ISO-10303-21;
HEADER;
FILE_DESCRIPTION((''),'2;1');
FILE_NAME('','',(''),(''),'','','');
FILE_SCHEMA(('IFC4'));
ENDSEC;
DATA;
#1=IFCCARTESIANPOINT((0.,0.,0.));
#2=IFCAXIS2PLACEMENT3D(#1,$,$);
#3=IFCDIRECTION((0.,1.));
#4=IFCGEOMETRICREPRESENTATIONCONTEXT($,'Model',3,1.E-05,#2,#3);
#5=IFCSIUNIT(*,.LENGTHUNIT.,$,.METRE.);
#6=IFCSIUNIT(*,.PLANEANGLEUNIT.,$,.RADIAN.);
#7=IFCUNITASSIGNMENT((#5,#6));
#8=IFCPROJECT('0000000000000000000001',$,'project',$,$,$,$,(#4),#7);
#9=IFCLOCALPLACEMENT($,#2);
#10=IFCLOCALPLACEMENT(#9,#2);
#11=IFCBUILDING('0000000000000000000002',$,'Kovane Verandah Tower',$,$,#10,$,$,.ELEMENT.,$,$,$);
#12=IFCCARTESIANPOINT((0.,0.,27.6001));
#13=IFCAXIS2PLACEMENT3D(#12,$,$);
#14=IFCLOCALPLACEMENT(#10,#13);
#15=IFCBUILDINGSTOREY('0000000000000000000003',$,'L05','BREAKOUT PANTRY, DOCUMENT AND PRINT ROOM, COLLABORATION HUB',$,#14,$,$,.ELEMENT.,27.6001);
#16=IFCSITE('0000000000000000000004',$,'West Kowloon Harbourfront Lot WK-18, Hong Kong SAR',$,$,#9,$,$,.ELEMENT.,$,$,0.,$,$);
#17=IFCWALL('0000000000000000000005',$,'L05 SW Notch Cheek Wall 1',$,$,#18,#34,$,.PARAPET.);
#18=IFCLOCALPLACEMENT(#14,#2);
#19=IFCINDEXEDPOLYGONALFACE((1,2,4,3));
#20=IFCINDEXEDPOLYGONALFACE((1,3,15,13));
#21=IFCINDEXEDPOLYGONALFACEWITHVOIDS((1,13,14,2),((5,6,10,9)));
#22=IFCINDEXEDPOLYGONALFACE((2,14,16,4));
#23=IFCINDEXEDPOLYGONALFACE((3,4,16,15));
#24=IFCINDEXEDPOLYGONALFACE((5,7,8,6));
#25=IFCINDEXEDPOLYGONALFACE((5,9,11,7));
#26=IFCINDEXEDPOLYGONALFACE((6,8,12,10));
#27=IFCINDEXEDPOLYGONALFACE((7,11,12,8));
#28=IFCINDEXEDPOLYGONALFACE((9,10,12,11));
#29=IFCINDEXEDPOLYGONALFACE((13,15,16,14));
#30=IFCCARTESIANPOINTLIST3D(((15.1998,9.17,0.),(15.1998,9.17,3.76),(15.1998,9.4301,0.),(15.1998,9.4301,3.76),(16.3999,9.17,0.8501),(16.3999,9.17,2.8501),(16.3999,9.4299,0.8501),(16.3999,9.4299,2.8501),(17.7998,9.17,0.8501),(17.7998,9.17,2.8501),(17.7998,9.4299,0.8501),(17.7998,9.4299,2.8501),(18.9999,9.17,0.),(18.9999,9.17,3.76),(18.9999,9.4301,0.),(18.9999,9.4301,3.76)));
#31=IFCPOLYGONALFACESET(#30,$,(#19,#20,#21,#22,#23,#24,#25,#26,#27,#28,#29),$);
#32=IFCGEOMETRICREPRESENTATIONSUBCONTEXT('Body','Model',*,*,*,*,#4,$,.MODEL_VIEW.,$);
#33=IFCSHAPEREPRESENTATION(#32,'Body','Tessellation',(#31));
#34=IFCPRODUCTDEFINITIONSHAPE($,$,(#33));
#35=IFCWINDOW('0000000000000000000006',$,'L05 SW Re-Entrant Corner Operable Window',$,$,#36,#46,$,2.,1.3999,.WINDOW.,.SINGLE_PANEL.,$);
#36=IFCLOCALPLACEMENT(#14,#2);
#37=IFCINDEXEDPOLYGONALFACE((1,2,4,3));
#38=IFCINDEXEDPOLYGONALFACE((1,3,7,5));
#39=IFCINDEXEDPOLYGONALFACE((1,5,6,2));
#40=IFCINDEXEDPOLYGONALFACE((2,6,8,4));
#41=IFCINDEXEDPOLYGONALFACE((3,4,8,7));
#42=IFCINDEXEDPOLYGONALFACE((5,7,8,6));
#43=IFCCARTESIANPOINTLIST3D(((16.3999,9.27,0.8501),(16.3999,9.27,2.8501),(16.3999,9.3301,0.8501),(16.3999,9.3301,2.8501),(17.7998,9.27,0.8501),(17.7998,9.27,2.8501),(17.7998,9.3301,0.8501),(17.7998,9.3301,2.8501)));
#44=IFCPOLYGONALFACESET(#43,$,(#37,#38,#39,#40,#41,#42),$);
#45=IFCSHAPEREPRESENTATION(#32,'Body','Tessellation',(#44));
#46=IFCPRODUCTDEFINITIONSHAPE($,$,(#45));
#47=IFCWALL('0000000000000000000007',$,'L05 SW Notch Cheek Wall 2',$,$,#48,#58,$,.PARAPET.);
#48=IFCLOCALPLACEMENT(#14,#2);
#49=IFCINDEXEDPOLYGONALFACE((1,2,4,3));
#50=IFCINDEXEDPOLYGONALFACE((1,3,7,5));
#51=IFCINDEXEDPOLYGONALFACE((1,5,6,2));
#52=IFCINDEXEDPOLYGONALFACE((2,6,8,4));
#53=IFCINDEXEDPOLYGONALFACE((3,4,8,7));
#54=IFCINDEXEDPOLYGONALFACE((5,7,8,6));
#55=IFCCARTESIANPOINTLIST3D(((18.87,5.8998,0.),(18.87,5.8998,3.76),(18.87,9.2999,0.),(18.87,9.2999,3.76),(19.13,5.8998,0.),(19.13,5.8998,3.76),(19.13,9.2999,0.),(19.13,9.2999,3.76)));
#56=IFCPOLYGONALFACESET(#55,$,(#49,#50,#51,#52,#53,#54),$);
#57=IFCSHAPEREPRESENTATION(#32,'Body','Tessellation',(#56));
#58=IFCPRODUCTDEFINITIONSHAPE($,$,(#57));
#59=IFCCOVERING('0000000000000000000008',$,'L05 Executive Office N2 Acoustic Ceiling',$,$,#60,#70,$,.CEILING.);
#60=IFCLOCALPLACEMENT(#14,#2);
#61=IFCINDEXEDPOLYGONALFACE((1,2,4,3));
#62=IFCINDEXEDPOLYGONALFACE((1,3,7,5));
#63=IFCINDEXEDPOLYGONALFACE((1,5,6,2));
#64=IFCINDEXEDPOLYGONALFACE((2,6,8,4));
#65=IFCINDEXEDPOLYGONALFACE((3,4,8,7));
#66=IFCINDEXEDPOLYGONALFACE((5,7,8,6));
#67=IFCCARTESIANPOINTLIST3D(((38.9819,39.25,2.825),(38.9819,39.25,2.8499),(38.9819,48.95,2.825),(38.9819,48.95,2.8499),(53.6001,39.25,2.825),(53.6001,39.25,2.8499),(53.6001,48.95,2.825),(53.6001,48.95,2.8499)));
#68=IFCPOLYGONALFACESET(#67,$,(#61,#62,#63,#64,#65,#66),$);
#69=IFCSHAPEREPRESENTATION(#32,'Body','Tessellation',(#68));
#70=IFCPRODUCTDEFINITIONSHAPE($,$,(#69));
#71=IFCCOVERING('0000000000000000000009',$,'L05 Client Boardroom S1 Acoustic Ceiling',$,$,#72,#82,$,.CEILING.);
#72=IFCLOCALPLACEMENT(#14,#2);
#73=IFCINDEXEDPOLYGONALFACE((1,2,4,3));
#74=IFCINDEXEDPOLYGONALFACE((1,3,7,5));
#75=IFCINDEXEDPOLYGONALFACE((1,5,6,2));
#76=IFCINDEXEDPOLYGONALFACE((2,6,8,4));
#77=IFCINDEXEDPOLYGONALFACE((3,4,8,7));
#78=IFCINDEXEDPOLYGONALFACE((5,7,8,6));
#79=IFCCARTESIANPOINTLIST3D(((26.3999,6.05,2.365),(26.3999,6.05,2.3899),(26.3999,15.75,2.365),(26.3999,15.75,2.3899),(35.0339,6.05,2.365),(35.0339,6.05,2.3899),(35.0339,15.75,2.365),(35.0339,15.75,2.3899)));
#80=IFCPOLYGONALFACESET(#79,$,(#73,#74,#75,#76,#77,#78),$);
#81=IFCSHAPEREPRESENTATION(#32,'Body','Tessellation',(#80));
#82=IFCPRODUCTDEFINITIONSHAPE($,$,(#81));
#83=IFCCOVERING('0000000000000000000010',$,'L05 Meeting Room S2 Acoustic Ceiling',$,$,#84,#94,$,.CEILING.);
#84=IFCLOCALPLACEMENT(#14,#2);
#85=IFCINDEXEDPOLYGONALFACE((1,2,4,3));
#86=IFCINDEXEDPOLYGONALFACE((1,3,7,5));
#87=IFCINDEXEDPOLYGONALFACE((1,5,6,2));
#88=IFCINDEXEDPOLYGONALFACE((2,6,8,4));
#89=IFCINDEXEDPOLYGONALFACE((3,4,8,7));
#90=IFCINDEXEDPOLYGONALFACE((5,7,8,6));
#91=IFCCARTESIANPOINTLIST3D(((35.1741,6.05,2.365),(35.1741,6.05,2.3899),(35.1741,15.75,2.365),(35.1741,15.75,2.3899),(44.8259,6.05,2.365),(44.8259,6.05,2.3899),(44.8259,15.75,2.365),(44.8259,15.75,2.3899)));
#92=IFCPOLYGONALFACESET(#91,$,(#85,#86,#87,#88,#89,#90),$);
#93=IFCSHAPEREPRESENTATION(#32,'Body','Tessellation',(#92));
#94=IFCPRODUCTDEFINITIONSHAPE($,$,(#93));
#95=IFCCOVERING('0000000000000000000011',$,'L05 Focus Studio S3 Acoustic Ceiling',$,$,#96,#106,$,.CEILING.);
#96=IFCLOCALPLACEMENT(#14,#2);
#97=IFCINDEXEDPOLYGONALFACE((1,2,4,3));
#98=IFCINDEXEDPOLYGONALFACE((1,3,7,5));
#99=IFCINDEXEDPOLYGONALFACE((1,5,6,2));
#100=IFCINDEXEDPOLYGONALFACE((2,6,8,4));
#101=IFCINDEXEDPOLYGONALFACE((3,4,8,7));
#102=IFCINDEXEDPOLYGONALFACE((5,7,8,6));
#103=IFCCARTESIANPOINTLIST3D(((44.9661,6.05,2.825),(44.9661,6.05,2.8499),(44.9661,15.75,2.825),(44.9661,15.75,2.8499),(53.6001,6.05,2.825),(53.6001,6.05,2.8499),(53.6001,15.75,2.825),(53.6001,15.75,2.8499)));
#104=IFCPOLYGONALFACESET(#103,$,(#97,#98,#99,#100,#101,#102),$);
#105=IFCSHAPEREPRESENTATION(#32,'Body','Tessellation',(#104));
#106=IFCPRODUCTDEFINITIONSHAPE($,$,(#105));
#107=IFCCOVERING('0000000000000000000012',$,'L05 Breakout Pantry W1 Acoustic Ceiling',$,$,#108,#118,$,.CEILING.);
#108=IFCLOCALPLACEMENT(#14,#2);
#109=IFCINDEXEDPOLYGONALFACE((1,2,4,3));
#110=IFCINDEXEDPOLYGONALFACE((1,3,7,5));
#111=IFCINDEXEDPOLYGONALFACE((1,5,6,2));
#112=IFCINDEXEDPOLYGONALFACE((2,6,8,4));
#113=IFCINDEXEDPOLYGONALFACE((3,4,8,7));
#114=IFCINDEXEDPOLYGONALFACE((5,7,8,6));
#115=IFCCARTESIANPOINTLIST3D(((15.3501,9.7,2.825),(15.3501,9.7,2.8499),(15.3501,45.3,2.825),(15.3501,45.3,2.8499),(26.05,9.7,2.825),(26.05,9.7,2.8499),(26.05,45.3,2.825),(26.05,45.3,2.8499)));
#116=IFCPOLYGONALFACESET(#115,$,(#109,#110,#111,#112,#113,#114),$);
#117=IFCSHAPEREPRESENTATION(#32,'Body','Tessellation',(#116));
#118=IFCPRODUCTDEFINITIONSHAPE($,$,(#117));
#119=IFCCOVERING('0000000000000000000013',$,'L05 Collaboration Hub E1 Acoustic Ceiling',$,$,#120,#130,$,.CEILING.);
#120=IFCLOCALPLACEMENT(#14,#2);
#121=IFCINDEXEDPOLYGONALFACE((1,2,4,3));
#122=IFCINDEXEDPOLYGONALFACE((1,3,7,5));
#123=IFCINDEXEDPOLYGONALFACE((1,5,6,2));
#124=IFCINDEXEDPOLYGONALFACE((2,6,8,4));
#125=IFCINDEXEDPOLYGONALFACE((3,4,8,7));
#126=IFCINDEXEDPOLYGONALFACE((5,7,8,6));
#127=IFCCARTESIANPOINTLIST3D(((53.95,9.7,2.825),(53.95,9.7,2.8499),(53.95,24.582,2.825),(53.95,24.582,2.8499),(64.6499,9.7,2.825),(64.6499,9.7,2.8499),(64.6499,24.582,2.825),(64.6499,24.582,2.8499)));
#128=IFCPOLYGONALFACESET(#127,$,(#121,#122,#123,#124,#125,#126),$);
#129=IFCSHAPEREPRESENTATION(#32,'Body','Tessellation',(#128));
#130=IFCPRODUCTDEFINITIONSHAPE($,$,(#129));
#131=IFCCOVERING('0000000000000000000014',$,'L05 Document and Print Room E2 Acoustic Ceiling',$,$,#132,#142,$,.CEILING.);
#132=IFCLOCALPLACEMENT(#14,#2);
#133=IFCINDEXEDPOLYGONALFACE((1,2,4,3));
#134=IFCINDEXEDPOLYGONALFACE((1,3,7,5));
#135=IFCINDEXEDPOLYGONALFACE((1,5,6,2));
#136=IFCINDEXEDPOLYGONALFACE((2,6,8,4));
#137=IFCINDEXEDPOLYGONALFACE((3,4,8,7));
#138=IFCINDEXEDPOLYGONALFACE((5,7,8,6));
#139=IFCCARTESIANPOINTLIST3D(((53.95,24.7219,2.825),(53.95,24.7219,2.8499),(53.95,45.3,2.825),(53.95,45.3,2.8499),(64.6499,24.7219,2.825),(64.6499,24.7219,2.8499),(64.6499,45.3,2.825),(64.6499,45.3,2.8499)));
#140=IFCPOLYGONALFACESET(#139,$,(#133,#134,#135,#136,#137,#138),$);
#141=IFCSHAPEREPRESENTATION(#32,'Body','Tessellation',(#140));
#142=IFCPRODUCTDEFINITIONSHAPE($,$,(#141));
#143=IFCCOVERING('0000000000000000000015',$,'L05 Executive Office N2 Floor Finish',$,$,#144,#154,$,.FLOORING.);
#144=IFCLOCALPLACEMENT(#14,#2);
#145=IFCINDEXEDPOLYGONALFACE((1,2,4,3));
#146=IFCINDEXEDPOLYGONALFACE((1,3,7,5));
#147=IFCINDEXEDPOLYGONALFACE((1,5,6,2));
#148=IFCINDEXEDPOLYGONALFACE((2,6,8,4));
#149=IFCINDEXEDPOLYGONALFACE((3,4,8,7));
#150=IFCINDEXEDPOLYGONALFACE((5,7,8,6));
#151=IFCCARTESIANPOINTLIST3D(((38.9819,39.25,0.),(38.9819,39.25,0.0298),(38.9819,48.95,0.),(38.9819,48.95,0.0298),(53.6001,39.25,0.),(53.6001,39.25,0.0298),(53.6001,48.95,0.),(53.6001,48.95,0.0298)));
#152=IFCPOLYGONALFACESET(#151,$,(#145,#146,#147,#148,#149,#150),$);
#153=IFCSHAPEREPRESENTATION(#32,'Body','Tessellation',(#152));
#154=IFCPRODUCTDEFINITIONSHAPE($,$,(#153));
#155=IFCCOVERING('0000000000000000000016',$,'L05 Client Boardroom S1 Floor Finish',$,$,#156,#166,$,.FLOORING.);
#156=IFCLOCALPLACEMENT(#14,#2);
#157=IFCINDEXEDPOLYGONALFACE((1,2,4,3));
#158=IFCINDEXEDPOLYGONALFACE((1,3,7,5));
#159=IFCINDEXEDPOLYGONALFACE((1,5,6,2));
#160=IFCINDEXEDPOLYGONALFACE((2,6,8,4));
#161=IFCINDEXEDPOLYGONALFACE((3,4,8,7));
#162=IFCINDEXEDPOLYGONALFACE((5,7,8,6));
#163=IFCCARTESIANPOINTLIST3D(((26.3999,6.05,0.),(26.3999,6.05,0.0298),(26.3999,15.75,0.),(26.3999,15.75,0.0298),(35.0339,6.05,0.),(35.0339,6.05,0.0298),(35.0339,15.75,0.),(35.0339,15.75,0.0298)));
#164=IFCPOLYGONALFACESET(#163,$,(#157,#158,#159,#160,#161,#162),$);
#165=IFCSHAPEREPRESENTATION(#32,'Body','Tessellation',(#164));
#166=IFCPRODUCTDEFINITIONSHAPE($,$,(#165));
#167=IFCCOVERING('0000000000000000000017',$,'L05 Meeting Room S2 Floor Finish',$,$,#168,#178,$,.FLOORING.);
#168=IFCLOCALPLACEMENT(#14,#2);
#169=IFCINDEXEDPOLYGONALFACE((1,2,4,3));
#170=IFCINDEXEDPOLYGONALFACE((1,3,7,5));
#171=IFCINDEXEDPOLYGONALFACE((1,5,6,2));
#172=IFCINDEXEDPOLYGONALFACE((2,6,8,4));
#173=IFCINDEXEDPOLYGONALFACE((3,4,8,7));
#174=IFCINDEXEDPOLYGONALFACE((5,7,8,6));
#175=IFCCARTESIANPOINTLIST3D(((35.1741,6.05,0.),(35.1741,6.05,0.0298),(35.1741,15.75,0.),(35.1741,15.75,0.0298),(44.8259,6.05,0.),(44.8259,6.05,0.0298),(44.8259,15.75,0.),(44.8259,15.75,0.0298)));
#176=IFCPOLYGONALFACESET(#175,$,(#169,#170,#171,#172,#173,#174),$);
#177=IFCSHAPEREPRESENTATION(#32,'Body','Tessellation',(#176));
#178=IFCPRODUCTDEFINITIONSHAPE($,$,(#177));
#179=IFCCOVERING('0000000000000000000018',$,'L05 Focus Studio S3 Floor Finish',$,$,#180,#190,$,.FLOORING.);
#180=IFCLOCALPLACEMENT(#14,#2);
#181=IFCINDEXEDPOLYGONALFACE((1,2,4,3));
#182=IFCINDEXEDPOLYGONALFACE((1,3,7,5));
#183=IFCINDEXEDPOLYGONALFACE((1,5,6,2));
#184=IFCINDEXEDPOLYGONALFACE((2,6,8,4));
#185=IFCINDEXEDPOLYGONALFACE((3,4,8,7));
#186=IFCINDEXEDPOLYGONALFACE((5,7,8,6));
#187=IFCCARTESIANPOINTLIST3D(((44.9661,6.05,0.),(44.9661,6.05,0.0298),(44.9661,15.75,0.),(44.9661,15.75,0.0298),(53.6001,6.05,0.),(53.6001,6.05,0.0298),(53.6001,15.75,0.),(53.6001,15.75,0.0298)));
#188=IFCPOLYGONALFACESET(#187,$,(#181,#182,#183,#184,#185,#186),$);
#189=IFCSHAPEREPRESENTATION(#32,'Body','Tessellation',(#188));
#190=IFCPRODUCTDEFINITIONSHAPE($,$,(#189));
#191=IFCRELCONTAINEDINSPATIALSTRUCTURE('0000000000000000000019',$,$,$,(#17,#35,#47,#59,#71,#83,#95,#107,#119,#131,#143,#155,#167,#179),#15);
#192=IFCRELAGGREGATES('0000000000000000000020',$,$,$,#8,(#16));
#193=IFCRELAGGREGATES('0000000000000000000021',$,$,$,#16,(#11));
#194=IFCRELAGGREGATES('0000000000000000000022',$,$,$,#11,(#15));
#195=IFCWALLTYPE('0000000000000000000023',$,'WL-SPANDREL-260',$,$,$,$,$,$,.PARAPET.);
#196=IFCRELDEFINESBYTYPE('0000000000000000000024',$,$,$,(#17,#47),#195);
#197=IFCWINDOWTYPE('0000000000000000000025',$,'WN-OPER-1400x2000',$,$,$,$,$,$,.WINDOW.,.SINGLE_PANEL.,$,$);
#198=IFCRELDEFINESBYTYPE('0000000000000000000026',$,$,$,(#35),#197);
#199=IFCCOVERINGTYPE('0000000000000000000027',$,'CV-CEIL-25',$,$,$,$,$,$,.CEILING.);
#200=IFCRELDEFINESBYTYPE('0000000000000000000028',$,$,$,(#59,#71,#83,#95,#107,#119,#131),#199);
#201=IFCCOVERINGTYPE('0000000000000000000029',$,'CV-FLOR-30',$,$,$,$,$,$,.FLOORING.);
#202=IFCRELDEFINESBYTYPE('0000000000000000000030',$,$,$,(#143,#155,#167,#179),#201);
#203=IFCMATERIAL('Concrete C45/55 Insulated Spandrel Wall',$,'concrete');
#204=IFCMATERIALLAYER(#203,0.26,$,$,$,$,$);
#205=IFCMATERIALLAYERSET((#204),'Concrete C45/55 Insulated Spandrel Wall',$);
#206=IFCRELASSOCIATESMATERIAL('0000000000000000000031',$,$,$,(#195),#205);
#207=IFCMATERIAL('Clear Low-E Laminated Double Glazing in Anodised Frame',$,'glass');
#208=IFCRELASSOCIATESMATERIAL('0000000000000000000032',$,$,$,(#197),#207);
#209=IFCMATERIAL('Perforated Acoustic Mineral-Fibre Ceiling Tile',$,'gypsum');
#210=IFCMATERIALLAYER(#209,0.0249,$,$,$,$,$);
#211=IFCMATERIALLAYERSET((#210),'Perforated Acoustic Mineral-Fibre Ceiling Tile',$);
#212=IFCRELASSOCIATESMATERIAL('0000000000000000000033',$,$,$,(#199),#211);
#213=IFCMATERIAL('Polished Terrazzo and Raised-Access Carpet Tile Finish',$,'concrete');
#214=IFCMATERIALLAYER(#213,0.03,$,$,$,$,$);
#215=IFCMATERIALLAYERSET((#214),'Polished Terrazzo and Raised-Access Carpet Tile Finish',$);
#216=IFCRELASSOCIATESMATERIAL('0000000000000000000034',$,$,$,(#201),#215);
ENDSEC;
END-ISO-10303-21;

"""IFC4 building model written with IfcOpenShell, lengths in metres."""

from ifc_helpers import new_model, si_unit, direction, frame, frame_2d, origin, place, context, subcontext, project, spatial, polyline, rectangle, outline, extrude, material, layer, layer_set, type_object, element, fill, save


model = new_model("IFC4")

# Units and contexts
model_context = context("Model", 3, precision=1e-05, world=origin(), true_north=direction((0.0, 1.0)))
body_context = subcontext(model_context, "Body", "Model", "MODEL_VIEW")
ifc_project = project(units=[si_unit("LENGTHUNIT", "METRE"), si_unit("PLANEANGLEUNIT", "RADIAN")], contexts=[model_context])

# Site, building, storey
site_placement = place(None, origin())
site = spatial("IfcSite", under=ifc_project, at=site_placement, Name="West Kowloon Harbourfront Lot WK-18, Hong Kong SAR", CompositionType="ELEMENT", RefElevation=0.0)
building_placement = place(site_placement, origin())
building = spatial("IfcBuilding", under=site, at=building_placement, Name="Kovane Verandah Tower", CompositionType="ELEMENT")
storey_placement = place(building_placement, frame((0.0, 0.0, 27.6001)))
storey = spatial("IfcBuildingStorey", under=building, at=storey_placement, Name="L05", Description="BREAKOUT PANTRY, DOCUMENT AND PRINT ROOM, COLLABORATION HUB", CompositionType="ELEMENT", Elevation=27.6001)

# Wall, opening, window
ifc_material_1 = material(Name="Concrete C45/55 Insulated Spandrel Wall", Category="concrete")
ifc_layer_1 = layer(ifc_material_1, 0.26)
ifc_layer_set_1 = layer_set([ifc_layer_1], Name="Concrete C45/55 Insulated Spandrel Wall")
wall_type = type_object("IfcWallType", Name="WL-SPANDREL-260", PredefinedType="PARAPET", material=ifc_layer_set_1)
wall_1_placement = place(storey_placement, frame((15.2, 9.3, 0.0), z_axis=(0.0, 0.0, 1.0), x_axis=(1.0, 0.0, 0.0)))
wall_1 = element("IfcWall", 1, at=wall_1_placement, inside=storey, type_object=wall_type, Name="L05 SW Notch Cheek Wall 1", PredefinedType="PARAPET", context=body_context, shape_type="SweptSolid", body=[
    extrude(rectangle(XDim=3.8, YDim=0.26, at=frame_2d((1.8999, 0.0))), origin(), (0.0, 0.0, 1.0), 3.76),
])
opening_placement = place(wall_1_placement, frame((1.2, 0.0, 0.8501)))
opening = element("IfcOpeningElement", 2, at=opening_placement, cuts=wall_1, PredefinedType="OPENING", context=body_context, shape_type="SweptSolid", body=[
    extrude(rectangle(XDim=1.3999, YDim=2.0, at=frame_2d((0.7, 1.0))), frame((0.0, 0.1299, 0.0), z_axis=(0.0, -1.0, 0.0), x_axis=(1.0, 0.0, 0.0)), (0.0, 0.0, 1.0), 0.26),
])
ifc_material_2 = material(Name="Clear Low-E Laminated Double Glazing in Anodised Frame", Category="glass")
window_type = type_object("IfcWindowType", Name="WN-OPER-1400x2000", PartitioningType="SINGLE_PANEL", PredefinedType="WINDOW", material=ifc_material_2)
window_placement = place(opening_placement, origin())
window = element("IfcWindow", 3, at=window_placement, inside=storey, type_object=window_type, Name="L05 SW Re-Entrant Corner Operable Window", OverallHeight=2.0, OverallWidth=1.3999, PartitioningType="SINGLE_PANEL", PredefinedType="WINDOW", context=body_context, shape_type="SweptSolid", body=[
    extrude(rectangle(XDim=1.3999, YDim=2.0, at=frame_2d((0.7, 1.0))), frame((0.0, 0.03, 0.0), z_axis=(0.0, -1.0, 0.0), x_axis=(1.0, 0.0, 0.0)), (0.0, 0.0, 1.0), 0.0601),
])
fill(opening, window)

# Wall
wall_2_placement = place(storey_placement, frame((19.0, 9.3, 0.0), z_axis=(0.0, 0.0, 1.0), x_axis=(0.0, -1.0, 0.0)))
element("IfcWall", 4, at=wall_2_placement, inside=storey, type_object=wall_type, Name="L05 SW Notch Cheek Wall 2", PredefinedType="PARAPET", context=body_context, shape_type="SweptSolid", body=[
    extrude(rectangle(XDim=3.4001, YDim=0.26, at=frame_2d((1.7002, 0.0))), origin(), (0.0, 0.0, 1.0), 3.76),
])

# Coverings
ifc_material_3 = material(Name="Perforated Acoustic Mineral-Fibre Ceiling Tile", Category="gypsum")
ifc_layer_2 = layer(ifc_material_3, 0.0249)
ifc_layer_set_2 = layer_set([ifc_layer_2], Name="Perforated Acoustic Mineral-Fibre Ceiling Tile")
covering_type_1 = type_object("IfcCoveringType", Name="CV-CEIL-25", PredefinedType="CEILING", material=ifc_layer_set_2)
covering_1_placement = place(storey_placement, frame((0.0, 0.0, 2.825)))
element("IfcCovering", 5, at=covering_1_placement, inside=storey, type_object=covering_type_1, Name="L05 Executive Office N2 Acoustic Ceiling", PredefinedType="CEILING", context=body_context, shape_type="SweptSolid", body=[
    extrude(outline(polyline([(38.9819, 39.25), (53.6001, 39.25), (53.6001, 48.95), (38.9819, 48.95), (38.9819, 39.25)])), origin(), (0.0, 0.0, 1.0), 0.0249),
])
covering_2_placement = place(storey_placement, frame((0.0, 0.0, 2.365)))
element("IfcCovering", 6, at=covering_2_placement, inside=storey, type_object=covering_type_1, Name="L05 Client Boardroom S1 Acoustic Ceiling", PredefinedType="CEILING", context=body_context, shape_type="SweptSolid", body=[
    extrude(outline(polyline([(26.3999, 6.05), (35.0339, 6.05), (35.0339, 15.75), (26.3999, 15.75), (26.3999, 6.05)])), origin(), (0.0, 0.0, 1.0), 0.0249),
])
covering_3_placement = place(storey_placement, frame((0.0, 0.0, 2.365)))
element("IfcCovering", 7, at=covering_3_placement, inside=storey, type_object=covering_type_1, Name="L05 Meeting Room S2 Acoustic Ceiling", PredefinedType="CEILING", context=body_context, shape_type="SweptSolid", body=[
    extrude(outline(polyline([(35.1741, 6.05), (44.8259, 6.05), (44.8259, 15.75), (35.1741, 15.75), (35.1741, 6.05)])), origin(), (0.0, 0.0, 1.0), 0.0249),
])
covering_4_placement = place(storey_placement, frame((0.0, 0.0, 2.825)))
element("IfcCovering", 8, at=covering_4_placement, inside=storey, type_object=covering_type_1, Name="L05 Focus Studio S3 Acoustic Ceiling", PredefinedType="CEILING", context=body_context, shape_type="SweptSolid", body=[
    extrude(outline(polyline([(44.9661, 6.05), (53.6001, 6.05), (53.6001, 15.75), (44.9661, 15.75), (44.9661, 6.05)])), origin(), (0.0, 0.0, 1.0), 0.0249),
])
covering_5_placement = place(storey_placement, frame((0.0, 0.0, 2.825)))
element("IfcCovering", 9, at=covering_5_placement, inside=storey, type_object=covering_type_1, Name="L05 Breakout Pantry W1 Acoustic Ceiling", PredefinedType="CEILING", context=body_context, shape_type="SweptSolid", body=[
    extrude(outline(polyline([(15.3501, 9.7), (26.05, 9.7), (26.05, 45.3), (15.3501, 45.3), (15.3501, 9.7)])), origin(), (0.0, 0.0, 1.0), 0.0249),
])
covering_6_placement = place(storey_placement, frame((0.0, 0.0, 2.825)))
element("IfcCovering", 10, at=covering_6_placement, inside=storey, type_object=covering_type_1, Name="L05 Collaboration Hub E1 Acoustic Ceiling", PredefinedType="CEILING", context=body_context, shape_type="SweptSolid", body=[
    extrude(outline(polyline([(53.95, 9.7), (64.6499, 9.7), (64.6499, 24.582), (53.95, 24.582), (53.95, 9.7)])), origin(), (0.0, 0.0, 1.0), 0.0249),
])
covering_7_placement = place(storey_placement, frame((0.0, 0.0, 2.825)))
element("IfcCovering", 11, at=covering_7_placement, inside=storey, type_object=covering_type_1, Name="L05 Document and Print Room E2 Acoustic Ceiling", PredefinedType="CEILING", context=body_context, shape_type="SweptSolid", body=[
    extrude(outline(polyline([(53.95, 24.7219), (64.6499, 24.7219), (64.6499, 45.3), (53.95, 45.3), (53.95, 24.7219)])), origin(), (0.0, 0.0, 1.0), 0.0249),
])
ifc_material_4 = material(Name="Polished Terrazzo and Raised-Access Carpet Tile Finish", Category="concrete")
ifc_layer_3 = layer(ifc_material_4, 0.03)
ifc_layer_set_3 = layer_set([ifc_layer_3], Name="Polished Terrazzo and Raised-Access Carpet Tile Finish")
covering_type_2 = type_object("IfcCoveringType", Name="CV-FLOR-30", PredefinedType="FLOORING", material=ifc_layer_set_3)
covering_8_placement = place(storey_placement, origin())
element("IfcCovering", 12, at=covering_8_placement, inside=storey, type_object=covering_type_2, Name="L05 Executive Office N2 Floor Finish", PredefinedType="FLOORING", context=body_context, shape_type="SweptSolid", body=[
    extrude(outline(polyline([(38.9819, 39.25), (53.6001, 39.25), (53.6001, 48.95), (38.9819, 48.95), (38.9819, 39.25)])), origin(), (0.0, 0.0, 1.0), 0.0298),
])
covering_9_placement = place(storey_placement, origin())
element("IfcCovering", 13, at=covering_9_placement, inside=storey, type_object=covering_type_2, Name="L05 Client Boardroom S1 Floor Finish", PredefinedType="FLOORING", context=body_context, shape_type="SweptSolid", body=[
    extrude(outline(polyline([(26.3999, 6.05), (35.0339, 6.05), (35.0339, 15.75), (26.3999, 15.75), (26.3999, 6.05)])), origin(), (0.0, 0.0, 1.0), 0.0298),
])
covering_10_placement = place(storey_placement, origin())
element("IfcCovering", 14, at=covering_10_placement, inside=storey, type_object=covering_type_2, Name="L05 Meeting Room S2 Floor Finish", PredefinedType="FLOORING", context=body_context, shape_type="SweptSolid", body=[
    extrude(outline(polyline([(35.1741, 6.05), (44.8259, 6.05), (44.8259, 15.75), (35.1741, 15.75), (35.1741, 6.05)])), origin(), (0.0, 0.0, 1.0), 0.0298),
])
covering_11_placement = place(storey_placement, origin())
element("IfcCovering", 15, at=covering_11_placement, inside=storey, type_object=covering_type_2, Name="L05 Focus Studio S3 Floor Finish", PredefinedType="FLOORING", context=body_context, shape_type="SweptSolid", body=[
    extrude(outline(polyline([(44.9661, 6.05), (53.6001, 6.05), (53.6001, 15.75), (44.9661, 15.75), (44.9661, 6.05)])), origin(), (0.0, 0.0, 1.0), 0.0298),
])

save(model, "model.ifc")
